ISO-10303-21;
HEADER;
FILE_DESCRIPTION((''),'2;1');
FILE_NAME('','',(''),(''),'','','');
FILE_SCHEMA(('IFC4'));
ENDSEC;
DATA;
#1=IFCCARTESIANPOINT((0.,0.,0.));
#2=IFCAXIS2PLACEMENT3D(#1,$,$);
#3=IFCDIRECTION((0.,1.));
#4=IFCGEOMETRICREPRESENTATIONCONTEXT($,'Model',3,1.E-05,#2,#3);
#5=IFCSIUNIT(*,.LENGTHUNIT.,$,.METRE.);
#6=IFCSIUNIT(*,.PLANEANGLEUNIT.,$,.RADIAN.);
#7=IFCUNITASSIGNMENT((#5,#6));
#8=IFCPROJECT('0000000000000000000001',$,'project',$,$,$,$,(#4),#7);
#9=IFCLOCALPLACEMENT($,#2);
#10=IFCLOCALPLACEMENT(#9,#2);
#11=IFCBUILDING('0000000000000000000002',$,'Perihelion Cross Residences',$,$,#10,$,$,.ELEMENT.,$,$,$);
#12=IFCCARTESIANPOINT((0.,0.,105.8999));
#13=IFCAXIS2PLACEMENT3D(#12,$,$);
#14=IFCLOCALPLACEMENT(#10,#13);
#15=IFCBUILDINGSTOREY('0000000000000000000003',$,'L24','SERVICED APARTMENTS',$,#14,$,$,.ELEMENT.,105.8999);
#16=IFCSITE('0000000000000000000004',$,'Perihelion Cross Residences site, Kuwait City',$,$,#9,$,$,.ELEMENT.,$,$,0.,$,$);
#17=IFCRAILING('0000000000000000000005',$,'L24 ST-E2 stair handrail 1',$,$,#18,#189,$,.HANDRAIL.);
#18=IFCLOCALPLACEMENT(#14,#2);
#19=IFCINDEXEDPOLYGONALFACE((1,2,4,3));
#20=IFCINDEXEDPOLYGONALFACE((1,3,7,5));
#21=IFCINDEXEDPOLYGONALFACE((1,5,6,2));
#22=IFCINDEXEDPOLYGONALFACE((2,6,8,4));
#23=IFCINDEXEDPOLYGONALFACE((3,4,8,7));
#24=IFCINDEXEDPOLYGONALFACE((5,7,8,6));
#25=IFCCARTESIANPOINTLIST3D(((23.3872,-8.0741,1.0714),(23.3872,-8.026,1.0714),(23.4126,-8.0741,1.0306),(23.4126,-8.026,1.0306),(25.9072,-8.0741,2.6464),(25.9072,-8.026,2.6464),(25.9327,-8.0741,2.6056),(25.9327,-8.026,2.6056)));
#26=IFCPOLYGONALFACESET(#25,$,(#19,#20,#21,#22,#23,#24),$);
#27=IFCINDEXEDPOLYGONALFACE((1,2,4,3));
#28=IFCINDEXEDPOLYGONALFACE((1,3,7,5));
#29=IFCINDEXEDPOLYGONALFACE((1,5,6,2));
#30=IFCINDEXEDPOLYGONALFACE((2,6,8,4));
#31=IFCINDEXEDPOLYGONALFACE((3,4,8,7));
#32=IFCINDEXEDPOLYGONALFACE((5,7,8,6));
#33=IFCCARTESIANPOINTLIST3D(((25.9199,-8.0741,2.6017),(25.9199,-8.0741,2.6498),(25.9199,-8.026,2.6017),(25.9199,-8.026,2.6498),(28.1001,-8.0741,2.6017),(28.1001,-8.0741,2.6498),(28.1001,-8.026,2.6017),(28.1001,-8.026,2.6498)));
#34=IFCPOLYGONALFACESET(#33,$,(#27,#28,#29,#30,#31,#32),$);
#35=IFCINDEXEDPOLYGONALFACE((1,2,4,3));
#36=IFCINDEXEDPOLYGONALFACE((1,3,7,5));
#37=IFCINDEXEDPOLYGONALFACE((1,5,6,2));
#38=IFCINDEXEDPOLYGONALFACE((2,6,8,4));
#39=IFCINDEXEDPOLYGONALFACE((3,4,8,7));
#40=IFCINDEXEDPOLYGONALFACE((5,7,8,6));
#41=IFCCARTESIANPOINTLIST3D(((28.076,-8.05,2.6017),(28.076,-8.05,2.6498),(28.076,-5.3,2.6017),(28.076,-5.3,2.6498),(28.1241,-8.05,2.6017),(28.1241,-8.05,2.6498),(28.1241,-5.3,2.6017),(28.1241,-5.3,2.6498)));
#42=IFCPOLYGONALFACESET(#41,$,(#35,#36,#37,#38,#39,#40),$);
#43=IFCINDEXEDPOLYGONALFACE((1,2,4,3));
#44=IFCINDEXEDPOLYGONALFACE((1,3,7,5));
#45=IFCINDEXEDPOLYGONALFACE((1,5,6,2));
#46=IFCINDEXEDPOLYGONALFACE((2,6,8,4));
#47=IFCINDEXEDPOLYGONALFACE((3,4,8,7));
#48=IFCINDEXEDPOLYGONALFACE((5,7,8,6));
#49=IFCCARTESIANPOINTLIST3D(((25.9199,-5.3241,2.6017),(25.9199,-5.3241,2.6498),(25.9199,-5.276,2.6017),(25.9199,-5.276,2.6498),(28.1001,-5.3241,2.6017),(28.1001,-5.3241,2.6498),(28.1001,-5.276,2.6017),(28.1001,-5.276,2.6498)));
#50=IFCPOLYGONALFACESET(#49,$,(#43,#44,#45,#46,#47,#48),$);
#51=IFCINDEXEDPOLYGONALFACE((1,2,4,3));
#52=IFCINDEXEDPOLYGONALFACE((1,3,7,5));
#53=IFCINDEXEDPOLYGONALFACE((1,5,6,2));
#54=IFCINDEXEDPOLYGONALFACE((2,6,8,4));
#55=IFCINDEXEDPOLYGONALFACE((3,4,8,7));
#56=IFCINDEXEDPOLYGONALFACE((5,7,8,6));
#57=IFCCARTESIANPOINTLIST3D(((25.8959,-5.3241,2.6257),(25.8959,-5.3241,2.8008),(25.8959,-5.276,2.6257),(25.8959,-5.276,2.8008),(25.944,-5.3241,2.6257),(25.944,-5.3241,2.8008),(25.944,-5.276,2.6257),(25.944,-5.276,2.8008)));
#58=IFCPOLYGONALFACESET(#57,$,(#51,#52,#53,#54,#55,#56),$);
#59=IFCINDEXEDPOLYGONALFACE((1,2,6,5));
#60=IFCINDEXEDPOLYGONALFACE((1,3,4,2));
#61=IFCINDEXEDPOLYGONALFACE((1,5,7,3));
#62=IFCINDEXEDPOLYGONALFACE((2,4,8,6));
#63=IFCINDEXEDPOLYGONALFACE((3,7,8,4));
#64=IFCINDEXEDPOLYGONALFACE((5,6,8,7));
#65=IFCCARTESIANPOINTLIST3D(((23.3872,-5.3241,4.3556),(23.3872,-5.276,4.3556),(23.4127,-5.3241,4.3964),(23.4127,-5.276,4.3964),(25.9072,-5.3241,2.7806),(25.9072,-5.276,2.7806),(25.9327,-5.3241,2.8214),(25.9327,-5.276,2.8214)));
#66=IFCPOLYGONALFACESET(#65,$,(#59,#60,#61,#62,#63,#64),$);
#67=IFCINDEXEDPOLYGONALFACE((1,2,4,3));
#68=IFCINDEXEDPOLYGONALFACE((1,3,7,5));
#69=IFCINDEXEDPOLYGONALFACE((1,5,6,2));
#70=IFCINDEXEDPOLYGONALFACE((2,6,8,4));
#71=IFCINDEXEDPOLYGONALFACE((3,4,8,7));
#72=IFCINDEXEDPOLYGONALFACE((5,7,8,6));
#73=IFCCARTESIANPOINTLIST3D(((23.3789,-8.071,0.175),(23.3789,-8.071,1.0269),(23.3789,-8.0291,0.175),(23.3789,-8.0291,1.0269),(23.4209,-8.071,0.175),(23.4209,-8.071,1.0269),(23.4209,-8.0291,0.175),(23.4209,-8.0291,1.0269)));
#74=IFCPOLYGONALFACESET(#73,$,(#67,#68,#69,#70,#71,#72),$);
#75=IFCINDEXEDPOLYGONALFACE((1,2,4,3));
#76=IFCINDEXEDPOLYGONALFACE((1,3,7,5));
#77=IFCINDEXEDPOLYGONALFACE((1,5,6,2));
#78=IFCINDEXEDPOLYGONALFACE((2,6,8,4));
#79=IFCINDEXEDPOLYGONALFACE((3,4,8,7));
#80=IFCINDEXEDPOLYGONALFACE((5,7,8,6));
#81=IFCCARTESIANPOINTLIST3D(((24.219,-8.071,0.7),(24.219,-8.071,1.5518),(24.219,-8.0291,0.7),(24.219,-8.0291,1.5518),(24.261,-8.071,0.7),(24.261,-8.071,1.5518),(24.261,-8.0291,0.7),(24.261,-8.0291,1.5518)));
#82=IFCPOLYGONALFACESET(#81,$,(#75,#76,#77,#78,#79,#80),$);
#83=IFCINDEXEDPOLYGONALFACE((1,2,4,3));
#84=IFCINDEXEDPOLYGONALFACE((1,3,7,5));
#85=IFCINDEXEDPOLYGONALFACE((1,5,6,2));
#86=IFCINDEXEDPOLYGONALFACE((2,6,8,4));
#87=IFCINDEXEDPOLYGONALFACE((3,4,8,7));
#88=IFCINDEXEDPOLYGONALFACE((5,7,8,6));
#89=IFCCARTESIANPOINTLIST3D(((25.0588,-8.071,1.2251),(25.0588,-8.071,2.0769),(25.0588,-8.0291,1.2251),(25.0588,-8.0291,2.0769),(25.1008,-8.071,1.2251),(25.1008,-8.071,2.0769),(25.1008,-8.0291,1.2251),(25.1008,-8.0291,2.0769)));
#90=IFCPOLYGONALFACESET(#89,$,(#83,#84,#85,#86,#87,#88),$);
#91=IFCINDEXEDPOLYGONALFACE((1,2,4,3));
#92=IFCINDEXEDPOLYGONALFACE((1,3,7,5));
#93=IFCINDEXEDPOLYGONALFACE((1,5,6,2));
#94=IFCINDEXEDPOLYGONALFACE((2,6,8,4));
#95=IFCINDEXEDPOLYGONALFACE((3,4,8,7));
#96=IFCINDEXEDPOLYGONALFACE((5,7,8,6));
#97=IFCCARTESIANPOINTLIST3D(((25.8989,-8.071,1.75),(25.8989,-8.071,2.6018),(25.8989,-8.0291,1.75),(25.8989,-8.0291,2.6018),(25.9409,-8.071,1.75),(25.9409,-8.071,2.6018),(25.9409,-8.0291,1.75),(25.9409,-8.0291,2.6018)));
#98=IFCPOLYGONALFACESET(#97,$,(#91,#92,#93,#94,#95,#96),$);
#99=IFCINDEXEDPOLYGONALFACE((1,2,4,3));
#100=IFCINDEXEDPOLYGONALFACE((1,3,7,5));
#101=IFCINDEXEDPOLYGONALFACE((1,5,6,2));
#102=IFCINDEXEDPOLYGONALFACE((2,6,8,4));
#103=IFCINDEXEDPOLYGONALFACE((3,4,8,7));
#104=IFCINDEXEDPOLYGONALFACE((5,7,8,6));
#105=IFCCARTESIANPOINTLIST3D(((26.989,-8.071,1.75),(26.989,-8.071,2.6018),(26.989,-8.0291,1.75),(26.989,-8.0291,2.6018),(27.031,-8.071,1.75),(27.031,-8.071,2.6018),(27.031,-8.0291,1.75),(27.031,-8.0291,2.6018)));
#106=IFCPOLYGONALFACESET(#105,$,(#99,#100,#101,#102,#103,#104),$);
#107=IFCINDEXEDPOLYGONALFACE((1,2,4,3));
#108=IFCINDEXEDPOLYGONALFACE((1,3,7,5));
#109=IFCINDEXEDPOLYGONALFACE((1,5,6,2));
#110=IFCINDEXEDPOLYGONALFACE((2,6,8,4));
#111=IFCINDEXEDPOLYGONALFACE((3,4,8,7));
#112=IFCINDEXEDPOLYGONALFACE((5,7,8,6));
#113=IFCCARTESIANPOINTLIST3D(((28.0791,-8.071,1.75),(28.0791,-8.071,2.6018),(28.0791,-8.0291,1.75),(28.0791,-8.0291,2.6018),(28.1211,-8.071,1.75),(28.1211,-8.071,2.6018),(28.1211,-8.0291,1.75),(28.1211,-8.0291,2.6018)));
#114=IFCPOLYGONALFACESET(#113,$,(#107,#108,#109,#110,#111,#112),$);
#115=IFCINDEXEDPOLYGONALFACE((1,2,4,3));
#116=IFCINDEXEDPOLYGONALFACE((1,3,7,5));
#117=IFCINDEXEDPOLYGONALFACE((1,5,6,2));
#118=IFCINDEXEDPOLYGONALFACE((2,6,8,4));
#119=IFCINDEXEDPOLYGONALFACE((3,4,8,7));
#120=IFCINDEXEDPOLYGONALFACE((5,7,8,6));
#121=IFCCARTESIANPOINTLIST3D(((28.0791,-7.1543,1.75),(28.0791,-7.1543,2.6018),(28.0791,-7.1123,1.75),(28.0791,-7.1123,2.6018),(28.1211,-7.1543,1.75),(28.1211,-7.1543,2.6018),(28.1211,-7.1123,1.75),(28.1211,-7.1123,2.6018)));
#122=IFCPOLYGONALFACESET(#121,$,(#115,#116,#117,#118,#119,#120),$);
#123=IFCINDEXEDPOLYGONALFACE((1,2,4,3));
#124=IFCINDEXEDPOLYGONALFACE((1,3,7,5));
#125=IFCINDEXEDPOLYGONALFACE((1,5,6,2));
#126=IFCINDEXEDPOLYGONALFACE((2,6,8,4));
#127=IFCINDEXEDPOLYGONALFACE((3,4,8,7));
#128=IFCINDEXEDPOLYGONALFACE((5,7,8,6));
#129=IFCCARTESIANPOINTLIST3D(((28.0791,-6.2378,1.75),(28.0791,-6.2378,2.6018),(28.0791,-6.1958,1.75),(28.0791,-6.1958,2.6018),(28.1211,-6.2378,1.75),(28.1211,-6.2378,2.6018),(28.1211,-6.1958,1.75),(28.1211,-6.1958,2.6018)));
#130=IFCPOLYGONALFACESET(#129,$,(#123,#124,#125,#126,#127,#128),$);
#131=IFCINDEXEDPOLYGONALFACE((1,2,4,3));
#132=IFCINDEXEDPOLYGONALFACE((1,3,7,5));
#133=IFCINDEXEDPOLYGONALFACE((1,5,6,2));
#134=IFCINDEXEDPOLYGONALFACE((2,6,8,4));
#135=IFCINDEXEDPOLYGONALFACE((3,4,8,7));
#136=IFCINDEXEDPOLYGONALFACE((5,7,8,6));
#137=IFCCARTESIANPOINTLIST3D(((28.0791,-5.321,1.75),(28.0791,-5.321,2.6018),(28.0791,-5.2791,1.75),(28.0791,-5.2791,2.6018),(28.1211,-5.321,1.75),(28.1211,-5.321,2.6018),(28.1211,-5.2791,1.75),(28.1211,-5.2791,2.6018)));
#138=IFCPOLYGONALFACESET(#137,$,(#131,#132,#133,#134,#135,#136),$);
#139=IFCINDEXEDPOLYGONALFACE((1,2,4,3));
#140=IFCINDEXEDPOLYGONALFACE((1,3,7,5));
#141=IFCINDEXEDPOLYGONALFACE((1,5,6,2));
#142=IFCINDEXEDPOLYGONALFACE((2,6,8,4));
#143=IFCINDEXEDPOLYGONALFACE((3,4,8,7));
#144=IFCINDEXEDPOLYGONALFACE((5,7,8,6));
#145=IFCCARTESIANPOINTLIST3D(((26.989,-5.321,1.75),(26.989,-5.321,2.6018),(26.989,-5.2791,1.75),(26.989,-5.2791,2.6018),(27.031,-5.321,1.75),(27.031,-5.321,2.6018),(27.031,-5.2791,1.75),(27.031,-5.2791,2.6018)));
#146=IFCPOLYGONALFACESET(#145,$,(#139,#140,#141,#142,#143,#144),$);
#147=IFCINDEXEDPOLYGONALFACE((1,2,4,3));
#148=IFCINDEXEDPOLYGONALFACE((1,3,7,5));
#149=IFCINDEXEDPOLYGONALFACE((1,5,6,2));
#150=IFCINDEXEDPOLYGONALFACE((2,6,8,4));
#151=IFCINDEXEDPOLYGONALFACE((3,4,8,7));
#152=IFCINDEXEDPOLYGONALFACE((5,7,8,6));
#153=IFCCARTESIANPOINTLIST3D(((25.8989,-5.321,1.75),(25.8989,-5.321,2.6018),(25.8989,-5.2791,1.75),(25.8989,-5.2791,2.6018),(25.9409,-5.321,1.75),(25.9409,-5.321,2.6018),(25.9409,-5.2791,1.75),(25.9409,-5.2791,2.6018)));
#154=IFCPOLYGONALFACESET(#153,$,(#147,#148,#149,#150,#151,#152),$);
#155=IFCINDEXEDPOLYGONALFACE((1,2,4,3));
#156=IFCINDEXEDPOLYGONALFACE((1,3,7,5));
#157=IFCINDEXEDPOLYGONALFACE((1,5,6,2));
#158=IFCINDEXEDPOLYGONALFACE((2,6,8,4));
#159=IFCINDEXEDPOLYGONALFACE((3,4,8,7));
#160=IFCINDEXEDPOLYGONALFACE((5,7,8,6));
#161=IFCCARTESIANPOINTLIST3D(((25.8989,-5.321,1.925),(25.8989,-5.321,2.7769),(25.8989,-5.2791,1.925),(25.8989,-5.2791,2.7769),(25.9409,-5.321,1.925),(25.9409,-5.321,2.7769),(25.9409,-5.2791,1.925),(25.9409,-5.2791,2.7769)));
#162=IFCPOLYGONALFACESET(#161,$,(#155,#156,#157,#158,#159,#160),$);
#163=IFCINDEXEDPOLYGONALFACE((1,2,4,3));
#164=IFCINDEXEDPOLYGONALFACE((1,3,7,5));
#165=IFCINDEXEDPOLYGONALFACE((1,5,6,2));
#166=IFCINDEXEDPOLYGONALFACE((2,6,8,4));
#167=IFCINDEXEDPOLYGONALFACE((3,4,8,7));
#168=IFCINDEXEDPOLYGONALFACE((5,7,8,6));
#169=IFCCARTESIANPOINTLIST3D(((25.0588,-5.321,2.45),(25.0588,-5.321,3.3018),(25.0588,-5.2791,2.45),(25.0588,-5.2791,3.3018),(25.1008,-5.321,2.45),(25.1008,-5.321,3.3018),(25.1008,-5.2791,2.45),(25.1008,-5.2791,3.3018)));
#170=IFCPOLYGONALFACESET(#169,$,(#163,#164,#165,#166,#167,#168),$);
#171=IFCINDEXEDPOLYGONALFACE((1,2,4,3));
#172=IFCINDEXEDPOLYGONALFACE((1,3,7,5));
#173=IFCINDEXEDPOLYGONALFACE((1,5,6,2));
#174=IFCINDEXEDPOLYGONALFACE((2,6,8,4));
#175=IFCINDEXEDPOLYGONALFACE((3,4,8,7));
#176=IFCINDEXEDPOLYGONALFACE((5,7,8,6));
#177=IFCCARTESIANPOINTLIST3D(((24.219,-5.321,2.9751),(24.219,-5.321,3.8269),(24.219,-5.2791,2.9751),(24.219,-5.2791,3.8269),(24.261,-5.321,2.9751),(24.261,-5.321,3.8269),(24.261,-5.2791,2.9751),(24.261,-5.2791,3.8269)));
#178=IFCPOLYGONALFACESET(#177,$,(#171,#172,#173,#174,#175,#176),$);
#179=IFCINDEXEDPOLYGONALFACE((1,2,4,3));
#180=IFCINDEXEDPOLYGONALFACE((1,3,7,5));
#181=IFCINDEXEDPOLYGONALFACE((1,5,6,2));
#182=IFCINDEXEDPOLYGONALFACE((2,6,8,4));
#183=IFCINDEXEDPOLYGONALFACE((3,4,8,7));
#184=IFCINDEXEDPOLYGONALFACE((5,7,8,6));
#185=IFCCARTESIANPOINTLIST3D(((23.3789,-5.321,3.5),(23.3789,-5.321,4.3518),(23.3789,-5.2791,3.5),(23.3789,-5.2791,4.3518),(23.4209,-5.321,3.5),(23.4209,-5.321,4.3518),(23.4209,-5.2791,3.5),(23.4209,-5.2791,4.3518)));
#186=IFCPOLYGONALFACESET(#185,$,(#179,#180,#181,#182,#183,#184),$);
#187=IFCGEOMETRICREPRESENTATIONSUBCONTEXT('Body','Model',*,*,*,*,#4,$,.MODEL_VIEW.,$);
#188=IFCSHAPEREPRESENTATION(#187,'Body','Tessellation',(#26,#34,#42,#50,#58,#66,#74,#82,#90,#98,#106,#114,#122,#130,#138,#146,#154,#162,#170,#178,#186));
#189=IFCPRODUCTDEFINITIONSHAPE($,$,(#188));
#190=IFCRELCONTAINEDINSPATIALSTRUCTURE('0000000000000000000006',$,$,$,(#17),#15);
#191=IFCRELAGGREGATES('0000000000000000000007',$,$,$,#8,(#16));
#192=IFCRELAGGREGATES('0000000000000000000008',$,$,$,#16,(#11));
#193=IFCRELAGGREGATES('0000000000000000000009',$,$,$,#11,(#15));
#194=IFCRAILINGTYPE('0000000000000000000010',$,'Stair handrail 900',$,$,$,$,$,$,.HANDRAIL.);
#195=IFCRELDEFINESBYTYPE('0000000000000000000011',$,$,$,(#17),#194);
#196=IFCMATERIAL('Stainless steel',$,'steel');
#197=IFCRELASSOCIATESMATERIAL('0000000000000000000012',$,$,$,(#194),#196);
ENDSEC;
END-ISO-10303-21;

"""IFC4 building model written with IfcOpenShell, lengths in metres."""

from ifc_helpers import new_model, si_unit, direction, frame, origin, origin_2d, place, context, subcontext, project, spatial, rectangle, extrude, material, type_object, element, save


model = new_model("IFC4")

# Units and contexts
model_context = context("Model", 3, precision=1e-05, world=origin(), true_north=direction((0.0, 1.0)))
body_context = subcontext(model_context, "Body", "Model", "MODEL_VIEW")
ifc_project = project(units=[si_unit("LENGTHUNIT", "METRE"), si_unit("PLANEANGLEUNIT", "RADIAN")], contexts=[model_context])

# Site, building, storey
site_placement = place(None, origin())
site = spatial("IfcSite", under=ifc_project, at=site_placement, Name="Perihelion Cross Residences site, Kuwait City", CompositionType="ELEMENT", RefElevation=0.0)
building_placement = place(site_placement, origin())
building = spatial("IfcBuilding", under=site, at=building_placement, Name="Perihelion Cross Residences", CompositionType="ELEMENT")
storey_placement = place(building_placement, frame((0.0, 0.0, 105.8999)))
storey = spatial("IfcBuildingStorey", under=building, at=storey_placement, Name="L24", Description="SERVICED APARTMENTS", CompositionType="ELEMENT", Elevation=105.8999)

# Railing
ifc_material_1 = material(Name="Stainless steel", Category="steel")
railing_type_1 = type_object("IfcRailingType", Name="Stair handrail 900", PredefinedType="HANDRAIL", material=ifc_material_1)
railing_1_placement = place(storey_placement, frame((23.3999, -8.05, 0.175)))
element("IfcRailing", 1, at=railing_1_placement, inside=storey, type_object=railing_type_1, Name="L24 ST-E2 stair handrail 1", PredefinedType="HANDRAIL", context=body_context, shape_type="SweptSolid", body=[
    extrude(rectangle(XDim=0.0481, YDim=0.0481, at=origin_2d()), frame((0.0, 0.0, 0.876), z_axis=(0.848008, 0.0, 0.529984), x_axis=(0.0, 1.0, 0.0)), (0.0, 0.0, 1.0), 2.9717),
    extrude(rectangle(XDim=0.0481, YDim=0.0481, at=origin_2d()), frame((2.52, 0.0, 2.4507), z_axis=(1.0, 0.0, 0.0), x_axis=(0.0, 1.0, 0.0)), (0.0, 0.0, 1.0), 2.1802),
    extrude(rectangle(XDim=0.0481, YDim=0.0481, at=origin_2d()), frame((4.7002, 0.0, 2.4507), z_axis=(0.0, 1.0, 0.0), x_axis=(-1.0, 0.0, 0.0)), (0.0, 0.0, 1.0), 2.75),
    extrude(rectangle(XDim=0.0481, YDim=0.0481, at=origin_2d()), frame((4.7002, 2.75, 2.4507), z_axis=(-1.0, 0.0, 0.0), x_axis=(0.0, -1.0, 0.0)), (0.0, 0.0, 1.0), 2.1802),
    extrude(rectangle(XDim=0.0481, YDim=0.0481, at=origin_2d()), frame((2.52, 2.75, 2.4507), z_axis=(0.0, 0.0, 1.0), x_axis=(1.0, 0.0, 0.0)), (0.0, 0.0, 1.0), 0.175),
    extrude(rectangle(XDim=0.0481, YDim=0.0481, at=origin_2d()), frame((2.52, 2.75, 2.626), z_axis=(-0.848008, 0.0, 0.529984), x_axis=(0.0, -1.0, 0.0)), (0.0, 0.0, 1.0), 2.9717),
    extrude(rectangle(XDim=0.042, YDim=0.042, at=origin_2d()), origin(), (0.0, 0.0, 1.0), 0.8518),
    extrude(rectangle(XDim=0.042, YDim=0.042, at=origin_2d()), frame((0.8401, 0.0, 0.5249)), (0.0, 0.0, 1.0), 0.8518),
    extrude(rectangle(XDim=0.042, YDim=0.042, at=origin_2d()), frame((1.6799, 0.0, 1.05)), (0.0, 0.0, 1.0), 0.8518),
    extrude(rectangle(XDim=0.042, YDim=0.042, at=origin_2d()), frame((2.52, 0.0, 1.575)), (0.0, 0.0, 1.0), 0.8518),
    extrude(rectangle(XDim=0.042, YDim=0.042, at=origin_2d()), frame((3.6101, 0.0, 1.575)), (0.0, 0.0, 1.0), 0.8518),
    extrude(rectangle(XDim=0.042, YDim=0.042, at=origin_2d()), frame((4.7002, 0.0, 1.575)), (0.0, 0.0, 1.0), 0.8518),
    extrude(rectangle(XDim=0.042, YDim=0.042, at=origin_2d()), frame((4.7002, 0.9167, 1.575)), (0.0, 0.0, 1.0), 0.8518),
    extrude(rectangle(XDim=0.042, YDim=0.042, at=origin_2d()), frame((4.7002, 1.8333, 1.575)), (0.0, 0.0, 1.0), 0.8518),
    extrude(rectangle(XDim=0.042, YDim=0.042, at=origin_2d()), frame((4.7002, 2.75, 1.575)), (0.0, 0.0, 1.0), 0.8518),
    extrude(rectangle(XDim=0.042, YDim=0.042, at=origin_2d()), frame((3.6101, 2.75, 1.575)), (0.0, 0.0, 1.0), 0.8518),
    extrude(rectangle(XDim=0.042, YDim=0.042, at=origin_2d()), frame((2.52, 2.75, 1.575)), (0.0, 0.0, 1.0), 0.8518),
    extrude(rectangle(XDim=0.042, YDim=0.042, at=origin_2d()), frame((2.52, 2.75, 1.75)), (0.0, 0.0, 1.0), 0.8518),
    extrude(rectangle(XDim=0.042, YDim=0.042, at=origin_2d()), frame((1.6799, 2.75, 2.2749)), (0.0, 0.0, 1.0), 0.8518),
    extrude(rectangle(XDim=0.042, YDim=0.042, at=origin_2d()), frame((0.8401, 2.75, 2.8)), (0.0, 0.0, 1.0), 0.8518),
    extrude(rectangle(XDim=0.042, YDim=0.042, at=origin_2d()), frame((0.0, 2.75, 3.325)), (0.0, 0.0, 1.0), 0.8518),
])

save(model, "model.ifc")
